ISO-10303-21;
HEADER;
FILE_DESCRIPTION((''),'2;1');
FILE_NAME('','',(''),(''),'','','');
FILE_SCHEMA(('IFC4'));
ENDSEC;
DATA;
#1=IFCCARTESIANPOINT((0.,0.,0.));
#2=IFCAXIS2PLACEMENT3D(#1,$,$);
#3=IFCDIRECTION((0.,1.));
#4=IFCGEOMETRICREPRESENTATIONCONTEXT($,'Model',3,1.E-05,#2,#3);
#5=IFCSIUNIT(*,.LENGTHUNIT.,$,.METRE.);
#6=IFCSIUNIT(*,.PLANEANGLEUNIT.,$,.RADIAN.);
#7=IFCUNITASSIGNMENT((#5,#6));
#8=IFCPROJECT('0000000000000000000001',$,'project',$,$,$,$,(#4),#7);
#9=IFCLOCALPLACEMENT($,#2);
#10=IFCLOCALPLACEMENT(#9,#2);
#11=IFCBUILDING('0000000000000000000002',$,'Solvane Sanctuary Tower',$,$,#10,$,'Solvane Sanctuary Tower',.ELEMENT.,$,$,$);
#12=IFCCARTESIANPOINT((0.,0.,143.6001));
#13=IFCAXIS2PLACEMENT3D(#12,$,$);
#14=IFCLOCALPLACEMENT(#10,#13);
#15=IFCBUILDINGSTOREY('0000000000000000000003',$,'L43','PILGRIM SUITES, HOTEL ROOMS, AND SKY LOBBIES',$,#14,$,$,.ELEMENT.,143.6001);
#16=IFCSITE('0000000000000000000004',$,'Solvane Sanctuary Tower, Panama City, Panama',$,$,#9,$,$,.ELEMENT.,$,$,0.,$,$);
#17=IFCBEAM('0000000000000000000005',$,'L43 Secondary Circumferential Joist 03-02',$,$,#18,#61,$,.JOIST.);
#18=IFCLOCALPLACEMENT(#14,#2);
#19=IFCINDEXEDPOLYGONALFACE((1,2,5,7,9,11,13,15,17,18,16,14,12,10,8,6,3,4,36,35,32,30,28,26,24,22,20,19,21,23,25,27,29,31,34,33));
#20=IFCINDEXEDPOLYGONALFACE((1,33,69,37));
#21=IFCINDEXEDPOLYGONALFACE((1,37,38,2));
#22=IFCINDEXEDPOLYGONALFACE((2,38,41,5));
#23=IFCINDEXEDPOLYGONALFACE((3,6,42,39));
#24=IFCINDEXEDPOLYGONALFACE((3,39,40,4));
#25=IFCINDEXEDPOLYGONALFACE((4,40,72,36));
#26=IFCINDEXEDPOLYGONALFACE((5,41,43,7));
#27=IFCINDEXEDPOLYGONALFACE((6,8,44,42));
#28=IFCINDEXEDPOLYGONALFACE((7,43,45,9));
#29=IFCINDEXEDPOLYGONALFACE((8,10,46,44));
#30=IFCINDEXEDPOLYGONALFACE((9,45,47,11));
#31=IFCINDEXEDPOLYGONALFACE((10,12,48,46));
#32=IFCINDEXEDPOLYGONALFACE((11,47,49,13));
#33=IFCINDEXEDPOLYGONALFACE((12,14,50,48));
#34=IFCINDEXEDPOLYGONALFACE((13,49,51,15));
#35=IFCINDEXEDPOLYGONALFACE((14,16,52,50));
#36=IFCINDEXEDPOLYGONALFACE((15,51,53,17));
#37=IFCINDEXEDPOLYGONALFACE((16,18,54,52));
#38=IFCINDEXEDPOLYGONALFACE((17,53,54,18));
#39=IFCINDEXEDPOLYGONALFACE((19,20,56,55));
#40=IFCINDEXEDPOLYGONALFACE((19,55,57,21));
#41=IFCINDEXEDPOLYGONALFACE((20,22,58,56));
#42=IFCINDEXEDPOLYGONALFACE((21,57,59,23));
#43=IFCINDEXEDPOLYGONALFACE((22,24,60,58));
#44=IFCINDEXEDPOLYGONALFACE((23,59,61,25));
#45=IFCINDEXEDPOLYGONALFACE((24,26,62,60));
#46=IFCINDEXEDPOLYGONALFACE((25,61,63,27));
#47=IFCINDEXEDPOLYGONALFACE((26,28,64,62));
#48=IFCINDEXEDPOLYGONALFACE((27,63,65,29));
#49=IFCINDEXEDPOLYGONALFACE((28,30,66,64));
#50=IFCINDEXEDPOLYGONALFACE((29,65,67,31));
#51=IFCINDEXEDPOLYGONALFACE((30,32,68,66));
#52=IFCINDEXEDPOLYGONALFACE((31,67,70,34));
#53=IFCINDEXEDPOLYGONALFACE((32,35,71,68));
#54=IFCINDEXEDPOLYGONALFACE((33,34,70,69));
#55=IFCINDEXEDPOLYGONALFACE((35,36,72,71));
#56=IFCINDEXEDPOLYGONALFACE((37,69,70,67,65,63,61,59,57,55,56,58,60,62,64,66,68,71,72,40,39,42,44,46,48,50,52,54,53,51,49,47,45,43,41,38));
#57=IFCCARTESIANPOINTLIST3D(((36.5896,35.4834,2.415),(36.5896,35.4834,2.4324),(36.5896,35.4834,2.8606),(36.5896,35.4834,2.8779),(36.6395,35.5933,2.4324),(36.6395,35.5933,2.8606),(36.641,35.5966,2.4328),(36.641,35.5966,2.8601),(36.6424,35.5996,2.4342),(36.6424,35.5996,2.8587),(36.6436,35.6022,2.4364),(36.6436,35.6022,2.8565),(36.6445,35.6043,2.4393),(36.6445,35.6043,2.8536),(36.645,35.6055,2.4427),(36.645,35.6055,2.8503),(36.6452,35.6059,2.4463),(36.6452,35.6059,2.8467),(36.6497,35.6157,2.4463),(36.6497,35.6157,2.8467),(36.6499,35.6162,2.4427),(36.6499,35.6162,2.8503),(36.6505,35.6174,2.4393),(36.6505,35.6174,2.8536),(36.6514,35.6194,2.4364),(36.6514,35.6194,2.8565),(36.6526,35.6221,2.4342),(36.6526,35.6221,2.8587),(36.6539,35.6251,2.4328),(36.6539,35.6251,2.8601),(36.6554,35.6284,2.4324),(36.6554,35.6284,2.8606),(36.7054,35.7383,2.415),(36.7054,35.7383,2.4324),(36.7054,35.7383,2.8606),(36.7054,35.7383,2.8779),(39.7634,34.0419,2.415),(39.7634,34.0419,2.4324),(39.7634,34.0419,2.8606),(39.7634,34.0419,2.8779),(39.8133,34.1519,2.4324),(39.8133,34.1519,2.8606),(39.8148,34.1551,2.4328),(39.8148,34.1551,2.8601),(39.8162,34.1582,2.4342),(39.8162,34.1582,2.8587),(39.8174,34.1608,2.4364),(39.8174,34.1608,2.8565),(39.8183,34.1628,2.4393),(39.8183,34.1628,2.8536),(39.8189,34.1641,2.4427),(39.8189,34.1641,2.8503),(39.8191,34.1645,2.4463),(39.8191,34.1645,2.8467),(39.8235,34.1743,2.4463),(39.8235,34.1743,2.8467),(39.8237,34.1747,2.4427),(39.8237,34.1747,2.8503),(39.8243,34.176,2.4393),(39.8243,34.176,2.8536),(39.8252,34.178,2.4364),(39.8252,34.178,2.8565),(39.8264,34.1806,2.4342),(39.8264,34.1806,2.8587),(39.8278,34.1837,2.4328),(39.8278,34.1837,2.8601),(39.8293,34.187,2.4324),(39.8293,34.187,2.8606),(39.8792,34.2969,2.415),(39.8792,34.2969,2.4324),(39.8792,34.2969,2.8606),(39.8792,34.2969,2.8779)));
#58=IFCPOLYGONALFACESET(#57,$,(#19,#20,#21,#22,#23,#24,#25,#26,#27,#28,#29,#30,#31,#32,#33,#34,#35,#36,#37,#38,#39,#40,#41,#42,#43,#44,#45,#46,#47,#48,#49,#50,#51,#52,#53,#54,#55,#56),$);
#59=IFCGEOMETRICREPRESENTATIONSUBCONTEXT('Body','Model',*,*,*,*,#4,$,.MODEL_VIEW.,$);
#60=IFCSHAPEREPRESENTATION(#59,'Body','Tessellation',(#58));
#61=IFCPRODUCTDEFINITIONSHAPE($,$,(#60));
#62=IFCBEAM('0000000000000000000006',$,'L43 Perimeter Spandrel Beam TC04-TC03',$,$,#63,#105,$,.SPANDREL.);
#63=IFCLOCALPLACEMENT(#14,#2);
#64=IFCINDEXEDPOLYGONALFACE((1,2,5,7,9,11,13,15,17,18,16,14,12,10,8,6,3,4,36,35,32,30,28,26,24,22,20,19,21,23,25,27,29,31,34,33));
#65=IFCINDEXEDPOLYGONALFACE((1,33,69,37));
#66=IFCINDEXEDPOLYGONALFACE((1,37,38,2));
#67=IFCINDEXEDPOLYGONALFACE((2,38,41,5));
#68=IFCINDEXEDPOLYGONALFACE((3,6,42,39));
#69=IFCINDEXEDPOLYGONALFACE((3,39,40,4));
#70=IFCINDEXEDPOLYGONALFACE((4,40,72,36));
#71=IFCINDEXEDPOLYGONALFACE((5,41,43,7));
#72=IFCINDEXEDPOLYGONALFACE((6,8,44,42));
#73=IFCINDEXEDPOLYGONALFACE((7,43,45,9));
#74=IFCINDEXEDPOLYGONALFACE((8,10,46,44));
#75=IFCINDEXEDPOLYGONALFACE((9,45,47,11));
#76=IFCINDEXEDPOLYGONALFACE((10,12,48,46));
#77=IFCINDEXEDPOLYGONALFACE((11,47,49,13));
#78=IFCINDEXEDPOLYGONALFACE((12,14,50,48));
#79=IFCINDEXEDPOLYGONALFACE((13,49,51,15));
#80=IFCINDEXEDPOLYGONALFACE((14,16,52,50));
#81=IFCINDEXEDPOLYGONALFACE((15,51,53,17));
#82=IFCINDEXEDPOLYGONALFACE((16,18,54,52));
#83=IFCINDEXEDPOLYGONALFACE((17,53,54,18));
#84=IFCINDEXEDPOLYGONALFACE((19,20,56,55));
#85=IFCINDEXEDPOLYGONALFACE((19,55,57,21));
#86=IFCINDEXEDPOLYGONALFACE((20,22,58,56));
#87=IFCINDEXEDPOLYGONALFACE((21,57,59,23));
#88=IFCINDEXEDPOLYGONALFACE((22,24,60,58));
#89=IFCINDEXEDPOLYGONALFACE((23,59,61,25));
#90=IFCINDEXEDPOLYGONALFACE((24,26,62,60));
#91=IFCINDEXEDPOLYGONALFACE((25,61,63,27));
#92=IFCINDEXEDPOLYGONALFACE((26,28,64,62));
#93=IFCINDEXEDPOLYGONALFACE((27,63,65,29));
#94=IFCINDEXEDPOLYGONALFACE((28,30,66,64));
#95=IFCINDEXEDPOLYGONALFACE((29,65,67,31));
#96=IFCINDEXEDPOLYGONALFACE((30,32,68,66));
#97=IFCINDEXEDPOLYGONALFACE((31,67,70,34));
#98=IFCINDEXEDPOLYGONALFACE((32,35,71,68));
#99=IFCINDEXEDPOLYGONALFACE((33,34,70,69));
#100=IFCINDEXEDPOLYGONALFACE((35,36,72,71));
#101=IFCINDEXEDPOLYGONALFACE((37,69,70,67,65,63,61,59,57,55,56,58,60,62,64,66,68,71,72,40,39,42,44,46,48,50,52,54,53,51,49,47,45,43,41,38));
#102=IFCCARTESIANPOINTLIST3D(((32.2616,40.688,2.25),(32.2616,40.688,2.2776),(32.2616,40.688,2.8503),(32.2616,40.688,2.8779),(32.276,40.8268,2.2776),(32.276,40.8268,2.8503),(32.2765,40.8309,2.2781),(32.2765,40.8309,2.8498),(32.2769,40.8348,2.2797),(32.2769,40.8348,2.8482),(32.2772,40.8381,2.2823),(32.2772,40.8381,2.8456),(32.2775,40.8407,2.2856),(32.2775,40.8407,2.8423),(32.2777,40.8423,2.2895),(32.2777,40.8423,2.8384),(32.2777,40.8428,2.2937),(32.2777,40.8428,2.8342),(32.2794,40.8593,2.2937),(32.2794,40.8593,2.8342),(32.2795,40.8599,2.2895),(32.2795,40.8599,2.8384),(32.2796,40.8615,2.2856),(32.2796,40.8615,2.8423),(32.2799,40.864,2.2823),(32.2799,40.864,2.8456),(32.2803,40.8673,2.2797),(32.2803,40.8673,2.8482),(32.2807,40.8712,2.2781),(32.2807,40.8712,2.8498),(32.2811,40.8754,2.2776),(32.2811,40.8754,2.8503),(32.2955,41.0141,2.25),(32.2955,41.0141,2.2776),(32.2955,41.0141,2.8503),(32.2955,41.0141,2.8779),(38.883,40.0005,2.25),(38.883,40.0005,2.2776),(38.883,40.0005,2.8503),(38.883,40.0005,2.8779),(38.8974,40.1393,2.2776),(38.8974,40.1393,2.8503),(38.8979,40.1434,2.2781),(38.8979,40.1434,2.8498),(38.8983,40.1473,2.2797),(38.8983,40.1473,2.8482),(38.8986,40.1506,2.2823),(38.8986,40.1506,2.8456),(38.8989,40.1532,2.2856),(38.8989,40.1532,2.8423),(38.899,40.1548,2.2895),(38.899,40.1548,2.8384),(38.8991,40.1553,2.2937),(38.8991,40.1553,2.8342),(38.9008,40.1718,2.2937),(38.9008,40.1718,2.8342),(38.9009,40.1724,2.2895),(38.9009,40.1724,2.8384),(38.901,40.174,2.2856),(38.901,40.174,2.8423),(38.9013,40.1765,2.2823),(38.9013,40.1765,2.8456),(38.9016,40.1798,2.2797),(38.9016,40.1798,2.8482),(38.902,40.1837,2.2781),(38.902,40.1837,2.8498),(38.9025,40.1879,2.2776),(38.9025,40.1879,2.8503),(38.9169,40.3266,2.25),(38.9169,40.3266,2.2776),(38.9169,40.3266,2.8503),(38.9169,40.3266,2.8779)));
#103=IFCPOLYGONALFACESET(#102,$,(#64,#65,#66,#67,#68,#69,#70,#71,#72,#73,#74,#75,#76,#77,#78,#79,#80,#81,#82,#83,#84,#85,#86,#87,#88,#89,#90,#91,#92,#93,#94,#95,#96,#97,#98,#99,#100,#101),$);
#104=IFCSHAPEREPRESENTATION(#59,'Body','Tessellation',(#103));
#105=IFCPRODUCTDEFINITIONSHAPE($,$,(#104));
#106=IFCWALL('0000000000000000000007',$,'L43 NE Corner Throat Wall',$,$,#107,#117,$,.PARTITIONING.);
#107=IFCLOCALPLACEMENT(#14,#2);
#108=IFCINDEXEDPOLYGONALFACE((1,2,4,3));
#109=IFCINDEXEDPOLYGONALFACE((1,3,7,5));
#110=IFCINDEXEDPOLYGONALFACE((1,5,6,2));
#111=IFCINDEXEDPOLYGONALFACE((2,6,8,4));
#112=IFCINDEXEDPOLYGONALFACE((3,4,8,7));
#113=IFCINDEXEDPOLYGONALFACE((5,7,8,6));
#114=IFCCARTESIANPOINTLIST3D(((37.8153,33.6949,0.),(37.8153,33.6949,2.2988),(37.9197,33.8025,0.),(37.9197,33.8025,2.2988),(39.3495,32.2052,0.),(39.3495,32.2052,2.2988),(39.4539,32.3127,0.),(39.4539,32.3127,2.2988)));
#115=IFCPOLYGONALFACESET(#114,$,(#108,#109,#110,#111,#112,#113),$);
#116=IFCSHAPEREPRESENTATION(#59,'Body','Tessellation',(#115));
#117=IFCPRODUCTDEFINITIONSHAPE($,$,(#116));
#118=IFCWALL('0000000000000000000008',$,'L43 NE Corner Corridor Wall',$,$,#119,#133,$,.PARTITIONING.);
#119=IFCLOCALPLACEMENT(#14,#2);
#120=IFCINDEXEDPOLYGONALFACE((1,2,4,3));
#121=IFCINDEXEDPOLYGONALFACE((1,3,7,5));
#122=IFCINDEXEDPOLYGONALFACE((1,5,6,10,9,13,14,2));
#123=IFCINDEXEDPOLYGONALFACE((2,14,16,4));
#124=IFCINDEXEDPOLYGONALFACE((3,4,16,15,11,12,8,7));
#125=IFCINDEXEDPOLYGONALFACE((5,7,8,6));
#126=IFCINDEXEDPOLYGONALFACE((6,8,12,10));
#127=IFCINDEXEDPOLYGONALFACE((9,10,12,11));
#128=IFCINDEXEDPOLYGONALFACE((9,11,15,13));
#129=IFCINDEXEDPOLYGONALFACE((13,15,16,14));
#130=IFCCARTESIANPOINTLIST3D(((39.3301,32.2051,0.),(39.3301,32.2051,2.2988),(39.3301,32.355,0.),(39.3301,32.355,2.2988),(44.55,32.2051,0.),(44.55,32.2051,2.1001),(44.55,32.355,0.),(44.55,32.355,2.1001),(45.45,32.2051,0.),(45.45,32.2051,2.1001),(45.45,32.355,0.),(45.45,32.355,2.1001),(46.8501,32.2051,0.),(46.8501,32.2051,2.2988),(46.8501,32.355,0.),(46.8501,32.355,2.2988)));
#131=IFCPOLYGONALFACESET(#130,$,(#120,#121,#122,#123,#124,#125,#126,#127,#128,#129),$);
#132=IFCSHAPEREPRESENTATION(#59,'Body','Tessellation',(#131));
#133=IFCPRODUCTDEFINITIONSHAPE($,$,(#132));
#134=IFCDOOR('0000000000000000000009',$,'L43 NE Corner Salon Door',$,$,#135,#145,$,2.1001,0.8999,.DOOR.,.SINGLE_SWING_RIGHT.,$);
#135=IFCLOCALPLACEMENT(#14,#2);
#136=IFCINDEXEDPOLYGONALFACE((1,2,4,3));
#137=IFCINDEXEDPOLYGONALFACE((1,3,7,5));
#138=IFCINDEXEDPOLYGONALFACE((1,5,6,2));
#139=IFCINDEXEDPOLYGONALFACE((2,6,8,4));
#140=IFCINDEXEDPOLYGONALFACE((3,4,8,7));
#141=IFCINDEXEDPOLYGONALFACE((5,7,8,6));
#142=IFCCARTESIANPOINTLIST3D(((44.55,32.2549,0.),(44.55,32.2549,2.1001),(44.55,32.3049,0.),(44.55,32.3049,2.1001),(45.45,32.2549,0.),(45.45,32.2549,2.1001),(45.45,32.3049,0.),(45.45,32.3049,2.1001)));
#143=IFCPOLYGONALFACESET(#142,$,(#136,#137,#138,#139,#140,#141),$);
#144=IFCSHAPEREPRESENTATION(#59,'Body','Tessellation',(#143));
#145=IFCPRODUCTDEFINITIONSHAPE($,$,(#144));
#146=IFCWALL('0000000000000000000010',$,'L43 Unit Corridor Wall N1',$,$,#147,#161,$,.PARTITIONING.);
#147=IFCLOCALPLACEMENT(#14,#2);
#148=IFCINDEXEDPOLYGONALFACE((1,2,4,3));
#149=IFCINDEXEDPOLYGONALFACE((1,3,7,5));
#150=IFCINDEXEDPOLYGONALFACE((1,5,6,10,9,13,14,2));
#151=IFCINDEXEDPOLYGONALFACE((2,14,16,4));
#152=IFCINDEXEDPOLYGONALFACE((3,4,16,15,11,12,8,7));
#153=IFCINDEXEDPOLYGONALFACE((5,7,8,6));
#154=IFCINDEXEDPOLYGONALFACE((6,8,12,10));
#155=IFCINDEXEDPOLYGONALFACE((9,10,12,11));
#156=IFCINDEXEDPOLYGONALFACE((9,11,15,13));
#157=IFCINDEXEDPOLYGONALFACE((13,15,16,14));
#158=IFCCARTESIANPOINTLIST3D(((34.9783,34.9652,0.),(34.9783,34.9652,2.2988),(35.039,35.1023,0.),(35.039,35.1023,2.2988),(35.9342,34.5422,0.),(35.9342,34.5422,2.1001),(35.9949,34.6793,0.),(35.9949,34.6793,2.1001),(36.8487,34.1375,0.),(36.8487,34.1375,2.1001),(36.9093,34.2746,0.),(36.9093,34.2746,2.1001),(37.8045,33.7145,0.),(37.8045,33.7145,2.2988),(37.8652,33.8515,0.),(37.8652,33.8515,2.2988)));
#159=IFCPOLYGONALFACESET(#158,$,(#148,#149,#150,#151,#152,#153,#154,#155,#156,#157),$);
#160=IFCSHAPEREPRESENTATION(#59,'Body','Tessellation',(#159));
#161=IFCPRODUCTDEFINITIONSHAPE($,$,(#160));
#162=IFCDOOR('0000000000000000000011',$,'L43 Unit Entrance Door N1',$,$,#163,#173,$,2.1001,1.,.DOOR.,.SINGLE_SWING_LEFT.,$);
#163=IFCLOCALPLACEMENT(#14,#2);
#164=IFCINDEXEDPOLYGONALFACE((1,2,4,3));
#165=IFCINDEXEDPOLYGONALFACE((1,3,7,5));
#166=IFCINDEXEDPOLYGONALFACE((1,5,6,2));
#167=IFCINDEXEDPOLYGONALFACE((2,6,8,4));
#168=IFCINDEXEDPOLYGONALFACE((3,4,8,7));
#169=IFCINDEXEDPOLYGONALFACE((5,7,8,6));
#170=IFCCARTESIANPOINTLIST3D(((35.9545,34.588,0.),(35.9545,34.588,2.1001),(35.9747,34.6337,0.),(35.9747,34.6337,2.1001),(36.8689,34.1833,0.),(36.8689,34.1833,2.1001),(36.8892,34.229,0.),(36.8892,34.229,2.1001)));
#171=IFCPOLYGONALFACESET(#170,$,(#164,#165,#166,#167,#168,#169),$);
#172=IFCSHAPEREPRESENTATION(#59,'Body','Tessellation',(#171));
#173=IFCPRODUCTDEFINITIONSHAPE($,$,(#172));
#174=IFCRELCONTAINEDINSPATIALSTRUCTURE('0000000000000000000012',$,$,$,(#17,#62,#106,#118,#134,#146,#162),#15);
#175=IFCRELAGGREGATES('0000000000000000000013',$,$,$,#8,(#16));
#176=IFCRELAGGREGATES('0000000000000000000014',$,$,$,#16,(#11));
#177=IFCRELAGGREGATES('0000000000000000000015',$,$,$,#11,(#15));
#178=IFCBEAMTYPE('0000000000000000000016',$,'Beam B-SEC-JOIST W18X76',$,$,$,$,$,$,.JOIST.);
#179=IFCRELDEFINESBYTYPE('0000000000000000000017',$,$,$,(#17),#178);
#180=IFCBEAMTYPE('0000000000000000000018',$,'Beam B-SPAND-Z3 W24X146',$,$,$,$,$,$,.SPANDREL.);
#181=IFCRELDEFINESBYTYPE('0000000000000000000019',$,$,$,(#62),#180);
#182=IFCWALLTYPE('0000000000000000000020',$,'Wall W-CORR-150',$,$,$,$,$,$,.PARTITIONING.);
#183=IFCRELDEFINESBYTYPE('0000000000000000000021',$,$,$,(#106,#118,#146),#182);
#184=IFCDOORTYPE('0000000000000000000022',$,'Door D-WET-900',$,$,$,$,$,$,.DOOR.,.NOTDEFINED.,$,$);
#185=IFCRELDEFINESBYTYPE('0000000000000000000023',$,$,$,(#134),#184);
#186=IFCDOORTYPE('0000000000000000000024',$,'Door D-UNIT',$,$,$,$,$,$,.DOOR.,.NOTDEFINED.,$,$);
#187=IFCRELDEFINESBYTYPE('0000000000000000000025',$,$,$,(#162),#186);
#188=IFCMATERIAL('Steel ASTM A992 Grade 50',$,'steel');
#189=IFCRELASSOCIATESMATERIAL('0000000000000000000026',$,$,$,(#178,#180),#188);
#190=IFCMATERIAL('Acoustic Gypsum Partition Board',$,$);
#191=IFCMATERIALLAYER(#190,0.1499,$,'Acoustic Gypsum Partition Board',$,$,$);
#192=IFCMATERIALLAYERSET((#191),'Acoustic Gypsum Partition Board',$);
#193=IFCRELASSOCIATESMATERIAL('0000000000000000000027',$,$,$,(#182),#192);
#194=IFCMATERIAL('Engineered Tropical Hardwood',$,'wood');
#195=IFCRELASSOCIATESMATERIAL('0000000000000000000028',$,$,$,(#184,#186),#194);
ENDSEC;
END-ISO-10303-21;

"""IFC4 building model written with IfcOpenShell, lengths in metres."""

from ifc_helpers import new_model, si_unit, direction, frame, frame_2d, origin, origin_2d, place, context, subcontext, project, spatial, rectangle, i_section, extrude, material, layer, layer_set, material_profile, profile_set, type_object, element, fill, save


model = new_model("IFC4")

# Units and contexts
model_context = context("Model", 3, precision=1e-05, world=origin(), true_north=direction((0.0, 1.0)))
body_context = subcontext(model_context, "Body", "Model", "MODEL_VIEW")
ifc_project = project(units=[si_unit("LENGTHUNIT", "METRE"), si_unit("PLANEANGLEUNIT", "RADIAN")], contexts=[model_context])

# Site, building, storey
site_placement = place(None, origin())
site = spatial("IfcSite", under=ifc_project, at=site_placement, Name="Solvane Sanctuary Tower, Panama City, Panama", CompositionType="ELEMENT", RefElevation=0.0)
building_placement = place(site_placement, origin())
building = spatial("IfcBuilding", under=site, at=building_placement, Name="Solvane Sanctuary Tower", LongName="Solvane Sanctuary Tower", CompositionType="ELEMENT")
storey_placement = place(building_placement, frame((0.0, 0.0, 143.6001)))
storey = spatial("IfcBuildingStorey", under=building, at=storey_placement, Name="L43", Description="PILGRIM SUITES, HOTEL ROOMS, AND SKY LOBBIES", CompositionType="ELEMENT", Elevation=143.6001)

# Beams
ifc_material_1 = material(Name="Steel ASTM A992 Grade 50", Category="steel")
ifc_material_profile_1 = material_profile(ifc_material_1, i_section(OverallWidth=0.28, OverallDepth=0.4629, WebThickness=0.0107, FlangeThickness=0.0173, FilletRadius=0.0139, at=origin_2d()), Name="W18X76")
ifc_profile_set_1 = profile_set([ifc_material_profile_1], Name="Steel ASTM A992 Grade 50")
beam_type_1 = type_object("IfcBeamType", Name="Beam B-SEC-JOIST W18X76", PredefinedType="JOIST", material=ifc_profile_set_1)
beam_1_placement = place(storey_placement, frame((36.6475, 35.6108, 2.6465), z_axis=(0.910501, -0.413507, 0.0), x_axis=(0.413507, 0.910501, 0.0)))
element("IfcBeam", 1, at=beam_1_placement, inside=storey, type_object=beam_type_1, Name="L43 Secondary Circumferential Joist 03-02", PredefinedType="JOIST", context=body_context, shape_type="SweptSolid", body=[
    extrude(i_section(OverallWidth=0.28, OverallDepth=0.4629, WebThickness=0.0107, FlangeThickness=0.0173, FilletRadius=0.0139, at=origin_2d()), origin(), (0.0, 0.0, 1.0), 3.4858),
])
ifc_material_profile_2 = material_profile(ifc_material_1, i_section(OverallWidth=0.3279, OverallDepth=0.6279, WebThickness=0.0166, FlangeThickness=0.0276, FilletRadius=0.0161, at=origin_2d()), Name="W24X146")
ifc_profile_set_2 = profile_set([ifc_material_profile_2], Name="Steel ASTM A992 Grade 50")
beam_type_2 = type_object("IfcBeamType", Name="Beam B-SPAND-Z3 W24X146", PredefinedType="SPANDREL", material=ifc_profile_set_2)
beam_2_placement = place(storey_placement, frame((32.2786, 40.8511, 2.564), z_axis=(0.994653, -0.103276, 0.0), x_axis=(0.103276, 0.994653, 0.0)))
element("IfcBeam", 2, at=beam_2_placement, inside=storey, type_object=beam_type_2, Name="L43 Perimeter Spandrel Beam TC04-TC03", PredefinedType="SPANDREL", context=body_context, shape_type="SweptSolid", body=[
    extrude(i_section(OverallWidth=0.3279, OverallDepth=0.6279, WebThickness=0.0166, FlangeThickness=0.0276, FilletRadius=0.0161, at=origin_2d()), origin(), (0.0, 0.0, 1.0), 6.657),
])

# Wall
ifc_material_2 = material(Name="Acoustic Gypsum Partition Board")
ifc_layer_1 = layer(ifc_material_2, 0.1499, Name="Acoustic Gypsum Partition Board")
ifc_layer_set_1 = layer_set([ifc_layer_1], Name="Acoustic Gypsum Partition Board")
wall_type_1 = type_object("IfcWallType", Name="Wall W-CORR-150", PredefinedType="PARTITIONING", material=ifc_layer_set_1)
wall_1_placement = place(storey_placement, frame((37.8674, 33.7488, 0.0), z_axis=(0.0, 0.0, 1.0), x_axis=(0.71742, -0.696641, 0.0)))
element("IfcWall", 3, at=wall_1_placement, inside=storey, type_object=wall_type_1, Name="L43 NE Corner Throat Wall", PredefinedType="PARTITIONING", context=body_context, shape_type="SweptSolid", body=[
    extrude(rectangle(XDim=2.1384, YDim=0.1499, at=frame_2d((1.0693, 0.0))), origin(), (0.0, 0.0, 1.0), 2.2988),
])

# Walls, openings, doors
wall_2_placement = place(storey_placement, frame((39.3301, 32.28, 0.0), z_axis=(0.0, 0.0, 1.0), x_axis=(1.0, 0.0, 0.0)))
wall_2 = element("IfcWall", 4, at=wall_2_placement, inside=storey, type_object=wall_type_1, Name="L43 NE Corner Corridor Wall", PredefinedType="PARTITIONING", context=body_context, shape_type="SweptSolid", body=[
    extrude(rectangle(XDim=7.52, YDim=0.1499, at=frame_2d((3.76, 0.0))), origin(), (0.0, 0.0, 1.0), 2.2988),
])
opening_1_placement = place(wall_2_placement, frame((5.22, 0.0, 0.0)))
opening_1 = element("IfcOpeningElement", 5, at=opening_1_placement, cuts=wall_2, PredefinedType="OPENING", context=body_context, shape_type="SweptSolid", body=[
    extrude(rectangle(XDim=0.8999, YDim=2.1001, at=frame_2d((0.45, 1.05))), frame((0.0, 0.085, 0.0), z_axis=(0.0, -1.0, 0.0), x_axis=(1.0, 0.0, 0.0)), (0.0, 0.0, 1.0), 0.1699),
])
ifc_material_3 = material(Name="Engineered Tropical Hardwood", Category="wood")
door_type_1 = type_object("IfcDoorType", Name="Door D-WET-900", OperationType="NOTDEFINED", PredefinedType="DOOR", material=ifc_material_3)
door_1_placement = place(opening_1_placement, origin())
door_1 = element("IfcDoor", 6, at=door_1_placement, inside=storey, type_object=door_type_1, Name="L43 NE Corner Salon Door", OperationType="SINGLE_SWING_RIGHT", OverallHeight=2.1001, OverallWidth=0.8999, PredefinedType="DOOR", context=body_context, shape_type="SweptSolid", body=[
    extrude(rectangle(XDim=0.8999, YDim=2.1001, at=frame_2d((0.45, 1.05))), frame((0.0, 0.0249, 0.0), z_axis=(0.0, -1.0, 0.0), x_axis=(1.0, 0.0, 0.0)), (0.0, 0.0, 1.0), 0.05),
])
fill(opening_1, door_1)
wall_3_placement = place(storey_placement, frame((37.835, 33.783, 0.0), z_axis=(0.0, 0.0, 1.0), x_axis=(-0.914452, 0.404694, 0.0)))
wall_3 = element("IfcWall", 7, at=wall_3_placement, inside=storey, type_object=wall_type_1, Name="L43 Unit Corridor Wall N1", PredefinedType="PARTITIONING", context=body_context, shape_type="SweptSolid", body=[
    extrude(rectangle(XDim=3.0906, YDim=0.1499, at=frame_2d((1.5454, 0.0))), origin(), (0.0, 0.0, 1.0), 2.2988),
])
opening_2_placement = place(wall_3_placement, frame((1.0454, 0.0, 0.0)))
opening_2 = element("IfcOpeningElement", 8, at=opening_2_placement, cuts=wall_3, PredefinedType="OPENING", context=body_context, shape_type="SweptSolid", body=[
    extrude(rectangle(XDim=1.0, YDim=2.1001, at=frame_2d((0.5, 1.05))), frame((0.0, 0.085, 0.0), z_axis=(0.0, -1.0, 0.0), x_axis=(1.0, 0.0, 0.0)), (0.0, 0.0, 1.0), 0.1699),
])
door_type_2 = type_object("IfcDoorType", Name="Door D-UNIT", OperationType="NOTDEFINED", PredefinedType="DOOR", material=ifc_material_3)
door_2_placement = place(opening_2_placement, origin())
door_2 = element("IfcDoor", 9, at=door_2_placement, inside=storey, type_object=door_type_2, Name="L43 Unit Entrance Door N1", OperationType="SINGLE_SWING_LEFT", OverallHeight=2.1001, OverallWidth=1.0, PredefinedType="DOOR", context=body_context, shape_type="SweptSolid", body=[
    extrude(rectangle(XDim=1.0, YDim=2.1001, at=frame_2d((0.5, 1.05))), frame((0.0, 0.0249, 0.0), z_axis=(0.0, -1.0, 0.0), x_axis=(1.0, 0.0, 0.0)), (0.0, 0.0, 1.0), 0.05),
])
fill(opening_2, door_2)

save(model, "model.ifc")
